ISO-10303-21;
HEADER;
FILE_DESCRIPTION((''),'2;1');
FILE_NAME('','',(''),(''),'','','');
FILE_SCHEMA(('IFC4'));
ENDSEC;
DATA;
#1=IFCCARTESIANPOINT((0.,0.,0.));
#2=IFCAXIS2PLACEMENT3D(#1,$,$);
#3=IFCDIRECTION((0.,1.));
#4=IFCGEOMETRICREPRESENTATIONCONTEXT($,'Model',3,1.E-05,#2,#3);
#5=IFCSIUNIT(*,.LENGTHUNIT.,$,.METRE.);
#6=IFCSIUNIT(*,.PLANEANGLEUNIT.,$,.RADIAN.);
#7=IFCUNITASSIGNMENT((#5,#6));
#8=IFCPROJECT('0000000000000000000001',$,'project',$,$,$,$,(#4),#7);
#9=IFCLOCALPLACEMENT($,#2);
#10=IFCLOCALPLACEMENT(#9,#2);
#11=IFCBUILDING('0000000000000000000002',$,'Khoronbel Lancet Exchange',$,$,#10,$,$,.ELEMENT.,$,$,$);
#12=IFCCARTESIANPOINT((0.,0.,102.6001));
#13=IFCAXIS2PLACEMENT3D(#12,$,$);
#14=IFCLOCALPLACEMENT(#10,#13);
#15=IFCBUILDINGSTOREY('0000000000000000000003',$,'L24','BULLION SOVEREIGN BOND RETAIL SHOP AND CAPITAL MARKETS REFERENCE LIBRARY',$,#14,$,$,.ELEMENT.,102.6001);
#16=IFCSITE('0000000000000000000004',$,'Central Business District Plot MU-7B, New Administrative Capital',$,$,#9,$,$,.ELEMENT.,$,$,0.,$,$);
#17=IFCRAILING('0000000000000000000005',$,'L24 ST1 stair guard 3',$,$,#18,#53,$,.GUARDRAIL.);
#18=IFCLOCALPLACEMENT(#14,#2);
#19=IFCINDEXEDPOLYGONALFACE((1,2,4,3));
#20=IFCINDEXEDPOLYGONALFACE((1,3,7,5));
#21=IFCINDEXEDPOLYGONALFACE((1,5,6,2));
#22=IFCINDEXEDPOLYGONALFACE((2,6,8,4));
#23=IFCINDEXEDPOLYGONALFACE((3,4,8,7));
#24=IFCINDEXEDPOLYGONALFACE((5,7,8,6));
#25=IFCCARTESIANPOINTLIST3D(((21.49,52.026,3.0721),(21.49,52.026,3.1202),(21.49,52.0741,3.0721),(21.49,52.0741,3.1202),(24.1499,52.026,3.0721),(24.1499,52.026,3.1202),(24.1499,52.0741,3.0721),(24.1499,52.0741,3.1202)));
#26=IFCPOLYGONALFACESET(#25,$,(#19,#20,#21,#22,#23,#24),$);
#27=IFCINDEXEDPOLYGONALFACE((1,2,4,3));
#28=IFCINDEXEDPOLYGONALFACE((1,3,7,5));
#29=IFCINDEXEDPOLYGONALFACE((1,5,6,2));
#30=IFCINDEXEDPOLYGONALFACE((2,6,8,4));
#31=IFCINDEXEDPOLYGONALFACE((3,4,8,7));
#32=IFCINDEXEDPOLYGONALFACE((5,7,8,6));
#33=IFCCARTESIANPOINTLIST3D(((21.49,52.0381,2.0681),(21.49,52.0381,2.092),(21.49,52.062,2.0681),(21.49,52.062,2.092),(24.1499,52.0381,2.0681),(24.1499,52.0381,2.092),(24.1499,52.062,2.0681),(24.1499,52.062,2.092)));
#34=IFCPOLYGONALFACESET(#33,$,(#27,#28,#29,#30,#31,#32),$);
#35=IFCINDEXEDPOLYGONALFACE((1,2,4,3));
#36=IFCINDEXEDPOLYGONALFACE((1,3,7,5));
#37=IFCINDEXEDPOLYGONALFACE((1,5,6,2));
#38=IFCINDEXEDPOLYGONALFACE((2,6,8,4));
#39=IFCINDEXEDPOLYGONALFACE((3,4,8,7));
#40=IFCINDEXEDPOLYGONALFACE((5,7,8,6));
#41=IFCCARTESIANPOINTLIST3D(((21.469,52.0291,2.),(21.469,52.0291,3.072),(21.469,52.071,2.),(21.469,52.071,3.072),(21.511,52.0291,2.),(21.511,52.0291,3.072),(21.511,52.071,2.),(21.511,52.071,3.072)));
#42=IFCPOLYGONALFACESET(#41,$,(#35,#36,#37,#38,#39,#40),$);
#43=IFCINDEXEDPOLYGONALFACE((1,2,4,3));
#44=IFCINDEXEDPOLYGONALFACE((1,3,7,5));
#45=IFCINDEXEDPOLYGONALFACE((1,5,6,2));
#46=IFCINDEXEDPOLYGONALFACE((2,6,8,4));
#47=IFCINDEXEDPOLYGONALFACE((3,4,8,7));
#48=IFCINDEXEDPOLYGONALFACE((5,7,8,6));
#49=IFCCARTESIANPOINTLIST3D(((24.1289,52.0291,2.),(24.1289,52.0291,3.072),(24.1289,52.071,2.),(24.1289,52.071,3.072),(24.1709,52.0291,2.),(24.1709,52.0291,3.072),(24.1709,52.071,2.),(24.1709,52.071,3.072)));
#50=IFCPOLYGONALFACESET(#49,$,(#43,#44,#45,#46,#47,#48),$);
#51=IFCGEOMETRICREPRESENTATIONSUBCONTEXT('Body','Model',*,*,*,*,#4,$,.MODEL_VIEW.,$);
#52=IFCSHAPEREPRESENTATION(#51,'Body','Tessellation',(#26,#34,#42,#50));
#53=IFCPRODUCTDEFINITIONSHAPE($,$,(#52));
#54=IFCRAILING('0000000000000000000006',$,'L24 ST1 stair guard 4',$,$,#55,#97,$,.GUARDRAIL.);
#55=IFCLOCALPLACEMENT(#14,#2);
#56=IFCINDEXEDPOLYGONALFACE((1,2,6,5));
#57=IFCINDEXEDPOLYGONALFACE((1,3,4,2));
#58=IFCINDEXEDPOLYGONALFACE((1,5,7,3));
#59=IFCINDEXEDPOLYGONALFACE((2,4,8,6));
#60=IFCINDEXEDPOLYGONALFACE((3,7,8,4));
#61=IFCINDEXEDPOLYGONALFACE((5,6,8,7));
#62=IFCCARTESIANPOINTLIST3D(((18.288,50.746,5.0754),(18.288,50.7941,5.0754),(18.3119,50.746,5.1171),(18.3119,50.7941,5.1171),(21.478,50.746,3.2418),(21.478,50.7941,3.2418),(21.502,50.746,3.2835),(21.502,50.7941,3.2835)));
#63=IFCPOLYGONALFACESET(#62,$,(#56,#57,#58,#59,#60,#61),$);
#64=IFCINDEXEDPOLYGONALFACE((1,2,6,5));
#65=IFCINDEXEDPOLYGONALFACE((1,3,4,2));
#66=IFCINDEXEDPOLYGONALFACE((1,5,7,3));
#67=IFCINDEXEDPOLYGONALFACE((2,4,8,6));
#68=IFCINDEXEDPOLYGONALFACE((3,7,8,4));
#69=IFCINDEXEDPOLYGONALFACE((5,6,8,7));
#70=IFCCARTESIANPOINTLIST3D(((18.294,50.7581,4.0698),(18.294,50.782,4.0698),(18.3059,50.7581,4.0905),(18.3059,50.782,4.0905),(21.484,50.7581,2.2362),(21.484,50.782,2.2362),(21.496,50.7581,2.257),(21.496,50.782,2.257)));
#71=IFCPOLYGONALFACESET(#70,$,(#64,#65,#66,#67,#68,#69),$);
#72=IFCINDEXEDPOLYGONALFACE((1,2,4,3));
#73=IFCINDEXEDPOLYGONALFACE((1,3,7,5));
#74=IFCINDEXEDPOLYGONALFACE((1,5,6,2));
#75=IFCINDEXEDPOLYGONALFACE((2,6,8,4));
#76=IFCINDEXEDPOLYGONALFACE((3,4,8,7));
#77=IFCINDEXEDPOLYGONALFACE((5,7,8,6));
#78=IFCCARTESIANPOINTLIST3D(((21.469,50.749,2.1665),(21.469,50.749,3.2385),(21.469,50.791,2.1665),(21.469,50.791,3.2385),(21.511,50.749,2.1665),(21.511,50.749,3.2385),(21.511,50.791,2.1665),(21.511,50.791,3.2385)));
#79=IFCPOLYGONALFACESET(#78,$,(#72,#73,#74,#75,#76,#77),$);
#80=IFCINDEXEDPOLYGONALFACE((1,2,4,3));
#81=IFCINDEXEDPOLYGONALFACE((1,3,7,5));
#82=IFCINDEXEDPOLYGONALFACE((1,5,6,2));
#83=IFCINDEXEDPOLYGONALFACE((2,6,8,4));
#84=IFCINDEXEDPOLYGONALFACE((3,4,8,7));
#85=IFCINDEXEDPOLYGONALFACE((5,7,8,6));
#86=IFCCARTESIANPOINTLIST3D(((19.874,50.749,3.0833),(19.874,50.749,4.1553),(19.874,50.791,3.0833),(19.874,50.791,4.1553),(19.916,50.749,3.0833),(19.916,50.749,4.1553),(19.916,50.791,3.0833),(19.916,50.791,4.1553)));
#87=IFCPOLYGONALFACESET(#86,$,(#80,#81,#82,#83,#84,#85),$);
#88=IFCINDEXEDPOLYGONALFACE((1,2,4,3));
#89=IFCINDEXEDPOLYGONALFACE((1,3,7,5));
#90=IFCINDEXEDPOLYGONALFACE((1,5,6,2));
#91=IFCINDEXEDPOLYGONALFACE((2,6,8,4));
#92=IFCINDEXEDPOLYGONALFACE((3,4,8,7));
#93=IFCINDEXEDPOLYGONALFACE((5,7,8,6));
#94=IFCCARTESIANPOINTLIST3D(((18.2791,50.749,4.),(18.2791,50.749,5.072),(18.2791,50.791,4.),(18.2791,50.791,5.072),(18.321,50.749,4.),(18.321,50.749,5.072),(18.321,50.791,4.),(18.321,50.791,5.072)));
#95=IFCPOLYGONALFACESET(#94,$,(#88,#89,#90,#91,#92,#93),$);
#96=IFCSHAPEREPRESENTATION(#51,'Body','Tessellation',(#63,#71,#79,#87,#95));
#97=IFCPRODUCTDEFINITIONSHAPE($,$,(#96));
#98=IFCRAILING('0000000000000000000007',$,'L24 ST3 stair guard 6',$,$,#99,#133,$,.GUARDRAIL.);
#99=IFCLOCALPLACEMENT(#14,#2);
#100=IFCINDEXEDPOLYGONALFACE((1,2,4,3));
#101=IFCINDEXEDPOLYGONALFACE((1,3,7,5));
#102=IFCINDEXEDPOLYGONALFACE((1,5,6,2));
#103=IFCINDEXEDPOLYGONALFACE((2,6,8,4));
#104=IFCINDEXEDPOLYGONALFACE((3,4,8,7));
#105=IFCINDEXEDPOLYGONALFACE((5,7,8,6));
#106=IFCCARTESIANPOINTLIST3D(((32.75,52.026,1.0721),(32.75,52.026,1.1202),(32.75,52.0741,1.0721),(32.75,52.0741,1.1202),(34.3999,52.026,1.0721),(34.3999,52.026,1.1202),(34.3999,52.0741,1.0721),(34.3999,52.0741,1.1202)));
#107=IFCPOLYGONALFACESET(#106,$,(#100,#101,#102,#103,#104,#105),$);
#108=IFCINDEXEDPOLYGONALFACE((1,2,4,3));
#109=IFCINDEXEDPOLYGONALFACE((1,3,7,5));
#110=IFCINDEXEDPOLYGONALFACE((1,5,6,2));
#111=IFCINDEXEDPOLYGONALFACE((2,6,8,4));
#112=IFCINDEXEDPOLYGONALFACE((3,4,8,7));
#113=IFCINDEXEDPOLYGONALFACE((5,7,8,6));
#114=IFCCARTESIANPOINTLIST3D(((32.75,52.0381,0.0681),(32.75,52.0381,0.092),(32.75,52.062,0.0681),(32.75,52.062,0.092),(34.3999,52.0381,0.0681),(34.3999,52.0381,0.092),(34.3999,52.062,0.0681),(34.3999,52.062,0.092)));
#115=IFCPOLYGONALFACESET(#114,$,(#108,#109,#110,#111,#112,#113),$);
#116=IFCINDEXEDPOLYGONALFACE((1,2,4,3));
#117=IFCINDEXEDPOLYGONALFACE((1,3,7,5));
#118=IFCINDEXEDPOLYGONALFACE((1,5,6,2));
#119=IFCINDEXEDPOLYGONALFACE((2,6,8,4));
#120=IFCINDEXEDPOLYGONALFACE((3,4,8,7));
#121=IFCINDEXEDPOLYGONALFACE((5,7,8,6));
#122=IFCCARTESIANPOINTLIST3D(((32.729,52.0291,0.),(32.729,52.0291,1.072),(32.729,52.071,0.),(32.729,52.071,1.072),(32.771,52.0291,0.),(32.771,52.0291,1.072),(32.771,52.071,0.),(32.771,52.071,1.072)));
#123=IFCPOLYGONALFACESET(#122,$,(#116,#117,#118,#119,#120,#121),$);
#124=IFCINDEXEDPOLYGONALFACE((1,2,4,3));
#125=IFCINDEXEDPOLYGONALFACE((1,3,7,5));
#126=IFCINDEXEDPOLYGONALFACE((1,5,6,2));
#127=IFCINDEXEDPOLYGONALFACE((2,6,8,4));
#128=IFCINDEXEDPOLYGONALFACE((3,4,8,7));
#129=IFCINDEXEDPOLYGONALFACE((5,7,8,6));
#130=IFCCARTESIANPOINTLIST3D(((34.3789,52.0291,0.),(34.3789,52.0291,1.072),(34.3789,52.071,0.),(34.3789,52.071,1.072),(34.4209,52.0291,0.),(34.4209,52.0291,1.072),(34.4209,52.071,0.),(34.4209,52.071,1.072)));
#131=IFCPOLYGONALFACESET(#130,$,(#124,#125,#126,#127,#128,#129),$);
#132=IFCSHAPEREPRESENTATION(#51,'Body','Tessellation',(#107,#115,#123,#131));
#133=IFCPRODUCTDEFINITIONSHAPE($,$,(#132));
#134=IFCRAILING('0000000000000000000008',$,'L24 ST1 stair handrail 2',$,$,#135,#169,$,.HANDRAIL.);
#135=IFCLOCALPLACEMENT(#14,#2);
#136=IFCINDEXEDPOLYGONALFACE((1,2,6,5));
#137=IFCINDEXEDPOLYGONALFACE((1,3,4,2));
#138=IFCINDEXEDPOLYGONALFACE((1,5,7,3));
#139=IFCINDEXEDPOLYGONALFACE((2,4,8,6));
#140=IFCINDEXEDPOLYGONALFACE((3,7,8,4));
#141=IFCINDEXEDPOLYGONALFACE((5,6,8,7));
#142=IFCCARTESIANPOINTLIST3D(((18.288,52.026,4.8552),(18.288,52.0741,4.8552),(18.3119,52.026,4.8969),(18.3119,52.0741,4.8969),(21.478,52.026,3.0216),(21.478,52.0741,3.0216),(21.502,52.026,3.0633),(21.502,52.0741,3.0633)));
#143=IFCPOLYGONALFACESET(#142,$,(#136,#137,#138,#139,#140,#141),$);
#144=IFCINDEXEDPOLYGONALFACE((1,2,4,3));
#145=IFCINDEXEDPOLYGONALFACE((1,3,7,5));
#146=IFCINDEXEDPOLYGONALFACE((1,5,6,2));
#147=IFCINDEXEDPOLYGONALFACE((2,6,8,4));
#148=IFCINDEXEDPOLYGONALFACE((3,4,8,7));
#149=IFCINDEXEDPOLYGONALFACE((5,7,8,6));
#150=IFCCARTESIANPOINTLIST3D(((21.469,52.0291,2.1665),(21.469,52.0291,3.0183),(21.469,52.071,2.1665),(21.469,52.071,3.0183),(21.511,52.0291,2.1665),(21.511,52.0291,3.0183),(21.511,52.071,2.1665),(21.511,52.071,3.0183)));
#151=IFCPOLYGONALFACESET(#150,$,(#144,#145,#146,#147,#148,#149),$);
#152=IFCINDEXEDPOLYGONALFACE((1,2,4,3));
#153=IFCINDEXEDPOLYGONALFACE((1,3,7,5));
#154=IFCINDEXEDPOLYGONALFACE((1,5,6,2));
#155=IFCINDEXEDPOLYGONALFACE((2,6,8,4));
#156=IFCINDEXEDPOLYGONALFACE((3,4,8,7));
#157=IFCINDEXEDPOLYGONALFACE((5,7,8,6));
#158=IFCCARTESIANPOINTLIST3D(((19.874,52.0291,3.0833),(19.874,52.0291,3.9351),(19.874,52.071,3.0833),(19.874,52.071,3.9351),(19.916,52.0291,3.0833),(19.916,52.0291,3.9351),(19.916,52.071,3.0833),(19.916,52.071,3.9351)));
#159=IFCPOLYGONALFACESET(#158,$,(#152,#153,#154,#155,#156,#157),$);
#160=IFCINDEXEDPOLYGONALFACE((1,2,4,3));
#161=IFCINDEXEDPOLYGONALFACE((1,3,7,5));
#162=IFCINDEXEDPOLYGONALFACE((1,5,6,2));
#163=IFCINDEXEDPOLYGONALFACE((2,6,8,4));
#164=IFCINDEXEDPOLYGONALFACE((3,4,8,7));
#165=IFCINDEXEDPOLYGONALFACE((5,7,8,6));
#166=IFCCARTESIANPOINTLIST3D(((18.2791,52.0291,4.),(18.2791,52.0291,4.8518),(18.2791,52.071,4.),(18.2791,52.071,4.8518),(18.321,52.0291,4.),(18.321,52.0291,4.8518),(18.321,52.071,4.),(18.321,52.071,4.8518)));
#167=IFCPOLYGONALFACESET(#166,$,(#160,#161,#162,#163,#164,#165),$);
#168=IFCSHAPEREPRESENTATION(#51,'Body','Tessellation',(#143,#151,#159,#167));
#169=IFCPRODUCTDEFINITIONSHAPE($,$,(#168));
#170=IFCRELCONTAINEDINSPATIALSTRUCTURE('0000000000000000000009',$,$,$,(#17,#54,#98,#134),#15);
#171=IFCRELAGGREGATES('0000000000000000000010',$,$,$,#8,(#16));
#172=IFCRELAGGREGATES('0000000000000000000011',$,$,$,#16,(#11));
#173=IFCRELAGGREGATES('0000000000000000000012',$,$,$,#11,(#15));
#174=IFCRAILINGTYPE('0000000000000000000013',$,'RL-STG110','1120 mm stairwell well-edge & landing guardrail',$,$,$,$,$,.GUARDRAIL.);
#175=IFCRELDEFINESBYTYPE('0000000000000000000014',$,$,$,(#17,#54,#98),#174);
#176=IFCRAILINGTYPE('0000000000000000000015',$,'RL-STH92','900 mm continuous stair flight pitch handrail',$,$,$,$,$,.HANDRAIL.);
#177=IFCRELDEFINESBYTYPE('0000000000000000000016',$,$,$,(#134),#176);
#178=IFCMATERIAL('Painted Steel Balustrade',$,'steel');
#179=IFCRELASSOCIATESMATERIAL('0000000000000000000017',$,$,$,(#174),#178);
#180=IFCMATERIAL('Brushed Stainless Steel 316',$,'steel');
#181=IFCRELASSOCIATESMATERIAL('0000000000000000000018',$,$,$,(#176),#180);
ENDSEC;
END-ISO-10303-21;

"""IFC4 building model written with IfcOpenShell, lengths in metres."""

from ifc_helpers import new_model, si_unit, direction, frame, origin, origin_2d, place, context, subcontext, project, spatial, rectangle, extrude, material, type_object, element, save


model = new_model("IFC4")

# Units and contexts
model_context = context("Model", 3, precision=1e-05, world=origin(), true_north=direction((0.0, 1.0)))
body_context = subcontext(model_context, "Body", "Model", "MODEL_VIEW")
ifc_project = project(units=[si_unit("LENGTHUNIT", "METRE"), si_unit("PLANEANGLEUNIT", "RADIAN")], contexts=[model_context])

# Site, building, storey
site_placement = place(None, origin())
site = spatial("IfcSite", under=ifc_project, at=site_placement, Name="Central Business District Plot MU-7B, New Administrative Capital", CompositionType="ELEMENT", RefElevation=0.0)
building_placement = place(site_placement, origin())
building = spatial("IfcBuilding", under=site, at=building_placement, Name="Khoronbel Lancet Exchange", CompositionType="ELEMENT")
storey_placement = place(building_placement, frame((0.0, 0.0, 102.6001)))
storey = spatial("IfcBuildingStorey", under=building, at=storey_placement, Name="L24", Description="BULLION SOVEREIGN BOND RETAIL SHOP AND CAPITAL MARKETS REFERENCE LIBRARY", CompositionType="ELEMENT", Elevation=102.6001)

# Railings
ifc_material_1 = material(Name="Painted Steel Balustrade", Category="steel")
railing_type_1 = type_object("IfcRailingType", Name="RL-STG110", Description="1120 mm stairwell well-edge & landing guardrail", PredefinedType="GUARDRAIL", material=ifc_material_1)
railing_1_placement = place(storey_placement, frame((21.49, 52.05, 2.0)))
element("IfcRailing", 1, at=railing_1_placement, inside=storey, type_object=railing_type_1, Name="L24 ST1 stair guard 3", PredefinedType="GUARDRAIL", context=body_context, shape_type="SweptSolid", body=[
    extrude(rectangle(XDim=0.0481, YDim=0.0481, at=origin_2d()), frame((0.0, 0.0, 1.0962), z_axis=(1.0, 0.0, 0.0), x_axis=(0.0, 1.0, 0.0)), (0.0, 0.0, 1.0), 2.6599),
    extrude(rectangle(XDim=0.0239, YDim=0.0239, at=origin_2d()), frame((0.0, 0.0, 0.0801), z_axis=(1.0, 0.0, 0.0), x_axis=(0.0, 1.0, 0.0)), (0.0, 0.0, 1.0), 2.6599),
    extrude(rectangle(XDim=0.042, YDim=0.042, at=origin_2d()), origin(), (0.0, 0.0, 1.0), 1.072),
    extrude(rectangle(XDim=0.042, YDim=0.042, at=origin_2d()), frame((2.6599, 0.0, 0.0)), (0.0, 0.0, 1.0), 1.072),
])
railing_2_placement = place(storey_placement, frame((21.49, 50.77, 2.1665)))
element("IfcRailing", 2, at=railing_2_placement, inside=storey, type_object=railing_type_1, Name="L24 ST1 stair guard 4", PredefinedType="GUARDRAIL", context=body_context, shape_type="SweptSolid", body=[
    extrude(rectangle(XDim=0.0481, YDim=0.0481, at=origin_2d()), frame((0.0, 0.0, 1.0962), z_axis=(-0.866991, 0.0, 0.498324), x_axis=(0.0, -1.0, 0.0)), (0.0, 0.0, 1.0), 3.6794),
    extrude(rectangle(XDim=0.0239, YDim=0.0239, at=origin_2d()), frame((0.0, 0.0, 0.0801), z_axis=(-0.866991, 0.0, 0.498324), x_axis=(0.0, -1.0, 0.0)), (0.0, 0.0, 1.0), 3.6794),
    extrude(rectangle(XDim=0.042, YDim=0.042, at=origin_2d()), origin(), (0.0, 0.0, 1.0), 1.072),
    extrude(rectangle(XDim=0.042, YDim=0.042, at=origin_2d()), frame((-1.595, 0.0, 0.9167)), (0.0, 0.0, 1.0), 1.072),
    extrude(rectangle(XDim=0.042, YDim=0.042, at=origin_2d()), frame((-3.1899, 0.0, 1.8335)), (0.0, 0.0, 1.0), 1.072),
])
railing_3_placement = place(storey_placement, frame((32.75, 52.05, 0.0)))
element("IfcRailing", 3, at=railing_3_placement, inside=storey, type_object=railing_type_1, Name="L24 ST3 stair guard 6", PredefinedType="GUARDRAIL", context=body_context, shape_type="SweptSolid", body=[
    extrude(rectangle(XDim=0.0481, YDim=0.0481, at=origin_2d()), frame((0.0, 0.0, 1.0962), z_axis=(1.0, 0.0, 0.0), x_axis=(0.0, 1.0, 0.0)), (0.0, 0.0, 1.0), 1.6499),
    extrude(rectangle(XDim=0.0239, YDim=0.0239, at=origin_2d()), frame((0.0, 0.0, 0.0801), z_axis=(1.0, 0.0, 0.0), x_axis=(0.0, 1.0, 0.0)), (0.0, 0.0, 1.0), 1.6499),
    extrude(rectangle(XDim=0.042, YDim=0.042, at=origin_2d()), origin(), (0.0, 0.0, 1.0), 1.072),
    extrude(rectangle(XDim=0.042, YDim=0.042, at=origin_2d()), frame((1.6499, 0.0, 0.0)), (0.0, 0.0, 1.0), 1.072),
])
ifc_material_2 = material(Name="Brushed Stainless Steel 316", Category="steel")
railing_type_2 = type_object("IfcRailingType", Name="RL-STH92", Description="900 mm continuous stair flight pitch handrail", PredefinedType="HANDRAIL", material=ifc_material_2)
railing_4_placement = place(storey_placement, frame((21.49, 52.05, 2.1665)))
element("IfcRailing", 4, at=railing_4_placement, inside=storey, type_object=railing_type_2, Name="L24 ST1 stair handrail 2", PredefinedType="HANDRAIL", context=body_context, shape_type="SweptSolid", body=[
    extrude(rectangle(XDim=0.0481, YDim=0.0481, at=origin_2d()), frame((0.0, 0.0, 0.876), z_axis=(-0.866991, 0.0, 0.498324), x_axis=(0.0, -1.0, 0.0)), (0.0, 0.0, 1.0), 3.6794),
    extrude(rectangle(XDim=0.042, YDim=0.042, at=origin_2d()), origin(), (0.0, 0.0, 1.0), 0.8518),
    extrude(rectangle(XDim=0.042, YDim=0.042, at=origin_2d()), frame((-1.595, 0.0, 0.9167)), (0.0, 0.0, 1.0), 0.8518),
    extrude(rectangle(XDim=0.042, YDim=0.042, at=origin_2d()), frame((-3.1899, 0.0, 1.8335)), (0.0, 0.0, 1.0), 0.8518),
])

save(model, "model.ifc")
